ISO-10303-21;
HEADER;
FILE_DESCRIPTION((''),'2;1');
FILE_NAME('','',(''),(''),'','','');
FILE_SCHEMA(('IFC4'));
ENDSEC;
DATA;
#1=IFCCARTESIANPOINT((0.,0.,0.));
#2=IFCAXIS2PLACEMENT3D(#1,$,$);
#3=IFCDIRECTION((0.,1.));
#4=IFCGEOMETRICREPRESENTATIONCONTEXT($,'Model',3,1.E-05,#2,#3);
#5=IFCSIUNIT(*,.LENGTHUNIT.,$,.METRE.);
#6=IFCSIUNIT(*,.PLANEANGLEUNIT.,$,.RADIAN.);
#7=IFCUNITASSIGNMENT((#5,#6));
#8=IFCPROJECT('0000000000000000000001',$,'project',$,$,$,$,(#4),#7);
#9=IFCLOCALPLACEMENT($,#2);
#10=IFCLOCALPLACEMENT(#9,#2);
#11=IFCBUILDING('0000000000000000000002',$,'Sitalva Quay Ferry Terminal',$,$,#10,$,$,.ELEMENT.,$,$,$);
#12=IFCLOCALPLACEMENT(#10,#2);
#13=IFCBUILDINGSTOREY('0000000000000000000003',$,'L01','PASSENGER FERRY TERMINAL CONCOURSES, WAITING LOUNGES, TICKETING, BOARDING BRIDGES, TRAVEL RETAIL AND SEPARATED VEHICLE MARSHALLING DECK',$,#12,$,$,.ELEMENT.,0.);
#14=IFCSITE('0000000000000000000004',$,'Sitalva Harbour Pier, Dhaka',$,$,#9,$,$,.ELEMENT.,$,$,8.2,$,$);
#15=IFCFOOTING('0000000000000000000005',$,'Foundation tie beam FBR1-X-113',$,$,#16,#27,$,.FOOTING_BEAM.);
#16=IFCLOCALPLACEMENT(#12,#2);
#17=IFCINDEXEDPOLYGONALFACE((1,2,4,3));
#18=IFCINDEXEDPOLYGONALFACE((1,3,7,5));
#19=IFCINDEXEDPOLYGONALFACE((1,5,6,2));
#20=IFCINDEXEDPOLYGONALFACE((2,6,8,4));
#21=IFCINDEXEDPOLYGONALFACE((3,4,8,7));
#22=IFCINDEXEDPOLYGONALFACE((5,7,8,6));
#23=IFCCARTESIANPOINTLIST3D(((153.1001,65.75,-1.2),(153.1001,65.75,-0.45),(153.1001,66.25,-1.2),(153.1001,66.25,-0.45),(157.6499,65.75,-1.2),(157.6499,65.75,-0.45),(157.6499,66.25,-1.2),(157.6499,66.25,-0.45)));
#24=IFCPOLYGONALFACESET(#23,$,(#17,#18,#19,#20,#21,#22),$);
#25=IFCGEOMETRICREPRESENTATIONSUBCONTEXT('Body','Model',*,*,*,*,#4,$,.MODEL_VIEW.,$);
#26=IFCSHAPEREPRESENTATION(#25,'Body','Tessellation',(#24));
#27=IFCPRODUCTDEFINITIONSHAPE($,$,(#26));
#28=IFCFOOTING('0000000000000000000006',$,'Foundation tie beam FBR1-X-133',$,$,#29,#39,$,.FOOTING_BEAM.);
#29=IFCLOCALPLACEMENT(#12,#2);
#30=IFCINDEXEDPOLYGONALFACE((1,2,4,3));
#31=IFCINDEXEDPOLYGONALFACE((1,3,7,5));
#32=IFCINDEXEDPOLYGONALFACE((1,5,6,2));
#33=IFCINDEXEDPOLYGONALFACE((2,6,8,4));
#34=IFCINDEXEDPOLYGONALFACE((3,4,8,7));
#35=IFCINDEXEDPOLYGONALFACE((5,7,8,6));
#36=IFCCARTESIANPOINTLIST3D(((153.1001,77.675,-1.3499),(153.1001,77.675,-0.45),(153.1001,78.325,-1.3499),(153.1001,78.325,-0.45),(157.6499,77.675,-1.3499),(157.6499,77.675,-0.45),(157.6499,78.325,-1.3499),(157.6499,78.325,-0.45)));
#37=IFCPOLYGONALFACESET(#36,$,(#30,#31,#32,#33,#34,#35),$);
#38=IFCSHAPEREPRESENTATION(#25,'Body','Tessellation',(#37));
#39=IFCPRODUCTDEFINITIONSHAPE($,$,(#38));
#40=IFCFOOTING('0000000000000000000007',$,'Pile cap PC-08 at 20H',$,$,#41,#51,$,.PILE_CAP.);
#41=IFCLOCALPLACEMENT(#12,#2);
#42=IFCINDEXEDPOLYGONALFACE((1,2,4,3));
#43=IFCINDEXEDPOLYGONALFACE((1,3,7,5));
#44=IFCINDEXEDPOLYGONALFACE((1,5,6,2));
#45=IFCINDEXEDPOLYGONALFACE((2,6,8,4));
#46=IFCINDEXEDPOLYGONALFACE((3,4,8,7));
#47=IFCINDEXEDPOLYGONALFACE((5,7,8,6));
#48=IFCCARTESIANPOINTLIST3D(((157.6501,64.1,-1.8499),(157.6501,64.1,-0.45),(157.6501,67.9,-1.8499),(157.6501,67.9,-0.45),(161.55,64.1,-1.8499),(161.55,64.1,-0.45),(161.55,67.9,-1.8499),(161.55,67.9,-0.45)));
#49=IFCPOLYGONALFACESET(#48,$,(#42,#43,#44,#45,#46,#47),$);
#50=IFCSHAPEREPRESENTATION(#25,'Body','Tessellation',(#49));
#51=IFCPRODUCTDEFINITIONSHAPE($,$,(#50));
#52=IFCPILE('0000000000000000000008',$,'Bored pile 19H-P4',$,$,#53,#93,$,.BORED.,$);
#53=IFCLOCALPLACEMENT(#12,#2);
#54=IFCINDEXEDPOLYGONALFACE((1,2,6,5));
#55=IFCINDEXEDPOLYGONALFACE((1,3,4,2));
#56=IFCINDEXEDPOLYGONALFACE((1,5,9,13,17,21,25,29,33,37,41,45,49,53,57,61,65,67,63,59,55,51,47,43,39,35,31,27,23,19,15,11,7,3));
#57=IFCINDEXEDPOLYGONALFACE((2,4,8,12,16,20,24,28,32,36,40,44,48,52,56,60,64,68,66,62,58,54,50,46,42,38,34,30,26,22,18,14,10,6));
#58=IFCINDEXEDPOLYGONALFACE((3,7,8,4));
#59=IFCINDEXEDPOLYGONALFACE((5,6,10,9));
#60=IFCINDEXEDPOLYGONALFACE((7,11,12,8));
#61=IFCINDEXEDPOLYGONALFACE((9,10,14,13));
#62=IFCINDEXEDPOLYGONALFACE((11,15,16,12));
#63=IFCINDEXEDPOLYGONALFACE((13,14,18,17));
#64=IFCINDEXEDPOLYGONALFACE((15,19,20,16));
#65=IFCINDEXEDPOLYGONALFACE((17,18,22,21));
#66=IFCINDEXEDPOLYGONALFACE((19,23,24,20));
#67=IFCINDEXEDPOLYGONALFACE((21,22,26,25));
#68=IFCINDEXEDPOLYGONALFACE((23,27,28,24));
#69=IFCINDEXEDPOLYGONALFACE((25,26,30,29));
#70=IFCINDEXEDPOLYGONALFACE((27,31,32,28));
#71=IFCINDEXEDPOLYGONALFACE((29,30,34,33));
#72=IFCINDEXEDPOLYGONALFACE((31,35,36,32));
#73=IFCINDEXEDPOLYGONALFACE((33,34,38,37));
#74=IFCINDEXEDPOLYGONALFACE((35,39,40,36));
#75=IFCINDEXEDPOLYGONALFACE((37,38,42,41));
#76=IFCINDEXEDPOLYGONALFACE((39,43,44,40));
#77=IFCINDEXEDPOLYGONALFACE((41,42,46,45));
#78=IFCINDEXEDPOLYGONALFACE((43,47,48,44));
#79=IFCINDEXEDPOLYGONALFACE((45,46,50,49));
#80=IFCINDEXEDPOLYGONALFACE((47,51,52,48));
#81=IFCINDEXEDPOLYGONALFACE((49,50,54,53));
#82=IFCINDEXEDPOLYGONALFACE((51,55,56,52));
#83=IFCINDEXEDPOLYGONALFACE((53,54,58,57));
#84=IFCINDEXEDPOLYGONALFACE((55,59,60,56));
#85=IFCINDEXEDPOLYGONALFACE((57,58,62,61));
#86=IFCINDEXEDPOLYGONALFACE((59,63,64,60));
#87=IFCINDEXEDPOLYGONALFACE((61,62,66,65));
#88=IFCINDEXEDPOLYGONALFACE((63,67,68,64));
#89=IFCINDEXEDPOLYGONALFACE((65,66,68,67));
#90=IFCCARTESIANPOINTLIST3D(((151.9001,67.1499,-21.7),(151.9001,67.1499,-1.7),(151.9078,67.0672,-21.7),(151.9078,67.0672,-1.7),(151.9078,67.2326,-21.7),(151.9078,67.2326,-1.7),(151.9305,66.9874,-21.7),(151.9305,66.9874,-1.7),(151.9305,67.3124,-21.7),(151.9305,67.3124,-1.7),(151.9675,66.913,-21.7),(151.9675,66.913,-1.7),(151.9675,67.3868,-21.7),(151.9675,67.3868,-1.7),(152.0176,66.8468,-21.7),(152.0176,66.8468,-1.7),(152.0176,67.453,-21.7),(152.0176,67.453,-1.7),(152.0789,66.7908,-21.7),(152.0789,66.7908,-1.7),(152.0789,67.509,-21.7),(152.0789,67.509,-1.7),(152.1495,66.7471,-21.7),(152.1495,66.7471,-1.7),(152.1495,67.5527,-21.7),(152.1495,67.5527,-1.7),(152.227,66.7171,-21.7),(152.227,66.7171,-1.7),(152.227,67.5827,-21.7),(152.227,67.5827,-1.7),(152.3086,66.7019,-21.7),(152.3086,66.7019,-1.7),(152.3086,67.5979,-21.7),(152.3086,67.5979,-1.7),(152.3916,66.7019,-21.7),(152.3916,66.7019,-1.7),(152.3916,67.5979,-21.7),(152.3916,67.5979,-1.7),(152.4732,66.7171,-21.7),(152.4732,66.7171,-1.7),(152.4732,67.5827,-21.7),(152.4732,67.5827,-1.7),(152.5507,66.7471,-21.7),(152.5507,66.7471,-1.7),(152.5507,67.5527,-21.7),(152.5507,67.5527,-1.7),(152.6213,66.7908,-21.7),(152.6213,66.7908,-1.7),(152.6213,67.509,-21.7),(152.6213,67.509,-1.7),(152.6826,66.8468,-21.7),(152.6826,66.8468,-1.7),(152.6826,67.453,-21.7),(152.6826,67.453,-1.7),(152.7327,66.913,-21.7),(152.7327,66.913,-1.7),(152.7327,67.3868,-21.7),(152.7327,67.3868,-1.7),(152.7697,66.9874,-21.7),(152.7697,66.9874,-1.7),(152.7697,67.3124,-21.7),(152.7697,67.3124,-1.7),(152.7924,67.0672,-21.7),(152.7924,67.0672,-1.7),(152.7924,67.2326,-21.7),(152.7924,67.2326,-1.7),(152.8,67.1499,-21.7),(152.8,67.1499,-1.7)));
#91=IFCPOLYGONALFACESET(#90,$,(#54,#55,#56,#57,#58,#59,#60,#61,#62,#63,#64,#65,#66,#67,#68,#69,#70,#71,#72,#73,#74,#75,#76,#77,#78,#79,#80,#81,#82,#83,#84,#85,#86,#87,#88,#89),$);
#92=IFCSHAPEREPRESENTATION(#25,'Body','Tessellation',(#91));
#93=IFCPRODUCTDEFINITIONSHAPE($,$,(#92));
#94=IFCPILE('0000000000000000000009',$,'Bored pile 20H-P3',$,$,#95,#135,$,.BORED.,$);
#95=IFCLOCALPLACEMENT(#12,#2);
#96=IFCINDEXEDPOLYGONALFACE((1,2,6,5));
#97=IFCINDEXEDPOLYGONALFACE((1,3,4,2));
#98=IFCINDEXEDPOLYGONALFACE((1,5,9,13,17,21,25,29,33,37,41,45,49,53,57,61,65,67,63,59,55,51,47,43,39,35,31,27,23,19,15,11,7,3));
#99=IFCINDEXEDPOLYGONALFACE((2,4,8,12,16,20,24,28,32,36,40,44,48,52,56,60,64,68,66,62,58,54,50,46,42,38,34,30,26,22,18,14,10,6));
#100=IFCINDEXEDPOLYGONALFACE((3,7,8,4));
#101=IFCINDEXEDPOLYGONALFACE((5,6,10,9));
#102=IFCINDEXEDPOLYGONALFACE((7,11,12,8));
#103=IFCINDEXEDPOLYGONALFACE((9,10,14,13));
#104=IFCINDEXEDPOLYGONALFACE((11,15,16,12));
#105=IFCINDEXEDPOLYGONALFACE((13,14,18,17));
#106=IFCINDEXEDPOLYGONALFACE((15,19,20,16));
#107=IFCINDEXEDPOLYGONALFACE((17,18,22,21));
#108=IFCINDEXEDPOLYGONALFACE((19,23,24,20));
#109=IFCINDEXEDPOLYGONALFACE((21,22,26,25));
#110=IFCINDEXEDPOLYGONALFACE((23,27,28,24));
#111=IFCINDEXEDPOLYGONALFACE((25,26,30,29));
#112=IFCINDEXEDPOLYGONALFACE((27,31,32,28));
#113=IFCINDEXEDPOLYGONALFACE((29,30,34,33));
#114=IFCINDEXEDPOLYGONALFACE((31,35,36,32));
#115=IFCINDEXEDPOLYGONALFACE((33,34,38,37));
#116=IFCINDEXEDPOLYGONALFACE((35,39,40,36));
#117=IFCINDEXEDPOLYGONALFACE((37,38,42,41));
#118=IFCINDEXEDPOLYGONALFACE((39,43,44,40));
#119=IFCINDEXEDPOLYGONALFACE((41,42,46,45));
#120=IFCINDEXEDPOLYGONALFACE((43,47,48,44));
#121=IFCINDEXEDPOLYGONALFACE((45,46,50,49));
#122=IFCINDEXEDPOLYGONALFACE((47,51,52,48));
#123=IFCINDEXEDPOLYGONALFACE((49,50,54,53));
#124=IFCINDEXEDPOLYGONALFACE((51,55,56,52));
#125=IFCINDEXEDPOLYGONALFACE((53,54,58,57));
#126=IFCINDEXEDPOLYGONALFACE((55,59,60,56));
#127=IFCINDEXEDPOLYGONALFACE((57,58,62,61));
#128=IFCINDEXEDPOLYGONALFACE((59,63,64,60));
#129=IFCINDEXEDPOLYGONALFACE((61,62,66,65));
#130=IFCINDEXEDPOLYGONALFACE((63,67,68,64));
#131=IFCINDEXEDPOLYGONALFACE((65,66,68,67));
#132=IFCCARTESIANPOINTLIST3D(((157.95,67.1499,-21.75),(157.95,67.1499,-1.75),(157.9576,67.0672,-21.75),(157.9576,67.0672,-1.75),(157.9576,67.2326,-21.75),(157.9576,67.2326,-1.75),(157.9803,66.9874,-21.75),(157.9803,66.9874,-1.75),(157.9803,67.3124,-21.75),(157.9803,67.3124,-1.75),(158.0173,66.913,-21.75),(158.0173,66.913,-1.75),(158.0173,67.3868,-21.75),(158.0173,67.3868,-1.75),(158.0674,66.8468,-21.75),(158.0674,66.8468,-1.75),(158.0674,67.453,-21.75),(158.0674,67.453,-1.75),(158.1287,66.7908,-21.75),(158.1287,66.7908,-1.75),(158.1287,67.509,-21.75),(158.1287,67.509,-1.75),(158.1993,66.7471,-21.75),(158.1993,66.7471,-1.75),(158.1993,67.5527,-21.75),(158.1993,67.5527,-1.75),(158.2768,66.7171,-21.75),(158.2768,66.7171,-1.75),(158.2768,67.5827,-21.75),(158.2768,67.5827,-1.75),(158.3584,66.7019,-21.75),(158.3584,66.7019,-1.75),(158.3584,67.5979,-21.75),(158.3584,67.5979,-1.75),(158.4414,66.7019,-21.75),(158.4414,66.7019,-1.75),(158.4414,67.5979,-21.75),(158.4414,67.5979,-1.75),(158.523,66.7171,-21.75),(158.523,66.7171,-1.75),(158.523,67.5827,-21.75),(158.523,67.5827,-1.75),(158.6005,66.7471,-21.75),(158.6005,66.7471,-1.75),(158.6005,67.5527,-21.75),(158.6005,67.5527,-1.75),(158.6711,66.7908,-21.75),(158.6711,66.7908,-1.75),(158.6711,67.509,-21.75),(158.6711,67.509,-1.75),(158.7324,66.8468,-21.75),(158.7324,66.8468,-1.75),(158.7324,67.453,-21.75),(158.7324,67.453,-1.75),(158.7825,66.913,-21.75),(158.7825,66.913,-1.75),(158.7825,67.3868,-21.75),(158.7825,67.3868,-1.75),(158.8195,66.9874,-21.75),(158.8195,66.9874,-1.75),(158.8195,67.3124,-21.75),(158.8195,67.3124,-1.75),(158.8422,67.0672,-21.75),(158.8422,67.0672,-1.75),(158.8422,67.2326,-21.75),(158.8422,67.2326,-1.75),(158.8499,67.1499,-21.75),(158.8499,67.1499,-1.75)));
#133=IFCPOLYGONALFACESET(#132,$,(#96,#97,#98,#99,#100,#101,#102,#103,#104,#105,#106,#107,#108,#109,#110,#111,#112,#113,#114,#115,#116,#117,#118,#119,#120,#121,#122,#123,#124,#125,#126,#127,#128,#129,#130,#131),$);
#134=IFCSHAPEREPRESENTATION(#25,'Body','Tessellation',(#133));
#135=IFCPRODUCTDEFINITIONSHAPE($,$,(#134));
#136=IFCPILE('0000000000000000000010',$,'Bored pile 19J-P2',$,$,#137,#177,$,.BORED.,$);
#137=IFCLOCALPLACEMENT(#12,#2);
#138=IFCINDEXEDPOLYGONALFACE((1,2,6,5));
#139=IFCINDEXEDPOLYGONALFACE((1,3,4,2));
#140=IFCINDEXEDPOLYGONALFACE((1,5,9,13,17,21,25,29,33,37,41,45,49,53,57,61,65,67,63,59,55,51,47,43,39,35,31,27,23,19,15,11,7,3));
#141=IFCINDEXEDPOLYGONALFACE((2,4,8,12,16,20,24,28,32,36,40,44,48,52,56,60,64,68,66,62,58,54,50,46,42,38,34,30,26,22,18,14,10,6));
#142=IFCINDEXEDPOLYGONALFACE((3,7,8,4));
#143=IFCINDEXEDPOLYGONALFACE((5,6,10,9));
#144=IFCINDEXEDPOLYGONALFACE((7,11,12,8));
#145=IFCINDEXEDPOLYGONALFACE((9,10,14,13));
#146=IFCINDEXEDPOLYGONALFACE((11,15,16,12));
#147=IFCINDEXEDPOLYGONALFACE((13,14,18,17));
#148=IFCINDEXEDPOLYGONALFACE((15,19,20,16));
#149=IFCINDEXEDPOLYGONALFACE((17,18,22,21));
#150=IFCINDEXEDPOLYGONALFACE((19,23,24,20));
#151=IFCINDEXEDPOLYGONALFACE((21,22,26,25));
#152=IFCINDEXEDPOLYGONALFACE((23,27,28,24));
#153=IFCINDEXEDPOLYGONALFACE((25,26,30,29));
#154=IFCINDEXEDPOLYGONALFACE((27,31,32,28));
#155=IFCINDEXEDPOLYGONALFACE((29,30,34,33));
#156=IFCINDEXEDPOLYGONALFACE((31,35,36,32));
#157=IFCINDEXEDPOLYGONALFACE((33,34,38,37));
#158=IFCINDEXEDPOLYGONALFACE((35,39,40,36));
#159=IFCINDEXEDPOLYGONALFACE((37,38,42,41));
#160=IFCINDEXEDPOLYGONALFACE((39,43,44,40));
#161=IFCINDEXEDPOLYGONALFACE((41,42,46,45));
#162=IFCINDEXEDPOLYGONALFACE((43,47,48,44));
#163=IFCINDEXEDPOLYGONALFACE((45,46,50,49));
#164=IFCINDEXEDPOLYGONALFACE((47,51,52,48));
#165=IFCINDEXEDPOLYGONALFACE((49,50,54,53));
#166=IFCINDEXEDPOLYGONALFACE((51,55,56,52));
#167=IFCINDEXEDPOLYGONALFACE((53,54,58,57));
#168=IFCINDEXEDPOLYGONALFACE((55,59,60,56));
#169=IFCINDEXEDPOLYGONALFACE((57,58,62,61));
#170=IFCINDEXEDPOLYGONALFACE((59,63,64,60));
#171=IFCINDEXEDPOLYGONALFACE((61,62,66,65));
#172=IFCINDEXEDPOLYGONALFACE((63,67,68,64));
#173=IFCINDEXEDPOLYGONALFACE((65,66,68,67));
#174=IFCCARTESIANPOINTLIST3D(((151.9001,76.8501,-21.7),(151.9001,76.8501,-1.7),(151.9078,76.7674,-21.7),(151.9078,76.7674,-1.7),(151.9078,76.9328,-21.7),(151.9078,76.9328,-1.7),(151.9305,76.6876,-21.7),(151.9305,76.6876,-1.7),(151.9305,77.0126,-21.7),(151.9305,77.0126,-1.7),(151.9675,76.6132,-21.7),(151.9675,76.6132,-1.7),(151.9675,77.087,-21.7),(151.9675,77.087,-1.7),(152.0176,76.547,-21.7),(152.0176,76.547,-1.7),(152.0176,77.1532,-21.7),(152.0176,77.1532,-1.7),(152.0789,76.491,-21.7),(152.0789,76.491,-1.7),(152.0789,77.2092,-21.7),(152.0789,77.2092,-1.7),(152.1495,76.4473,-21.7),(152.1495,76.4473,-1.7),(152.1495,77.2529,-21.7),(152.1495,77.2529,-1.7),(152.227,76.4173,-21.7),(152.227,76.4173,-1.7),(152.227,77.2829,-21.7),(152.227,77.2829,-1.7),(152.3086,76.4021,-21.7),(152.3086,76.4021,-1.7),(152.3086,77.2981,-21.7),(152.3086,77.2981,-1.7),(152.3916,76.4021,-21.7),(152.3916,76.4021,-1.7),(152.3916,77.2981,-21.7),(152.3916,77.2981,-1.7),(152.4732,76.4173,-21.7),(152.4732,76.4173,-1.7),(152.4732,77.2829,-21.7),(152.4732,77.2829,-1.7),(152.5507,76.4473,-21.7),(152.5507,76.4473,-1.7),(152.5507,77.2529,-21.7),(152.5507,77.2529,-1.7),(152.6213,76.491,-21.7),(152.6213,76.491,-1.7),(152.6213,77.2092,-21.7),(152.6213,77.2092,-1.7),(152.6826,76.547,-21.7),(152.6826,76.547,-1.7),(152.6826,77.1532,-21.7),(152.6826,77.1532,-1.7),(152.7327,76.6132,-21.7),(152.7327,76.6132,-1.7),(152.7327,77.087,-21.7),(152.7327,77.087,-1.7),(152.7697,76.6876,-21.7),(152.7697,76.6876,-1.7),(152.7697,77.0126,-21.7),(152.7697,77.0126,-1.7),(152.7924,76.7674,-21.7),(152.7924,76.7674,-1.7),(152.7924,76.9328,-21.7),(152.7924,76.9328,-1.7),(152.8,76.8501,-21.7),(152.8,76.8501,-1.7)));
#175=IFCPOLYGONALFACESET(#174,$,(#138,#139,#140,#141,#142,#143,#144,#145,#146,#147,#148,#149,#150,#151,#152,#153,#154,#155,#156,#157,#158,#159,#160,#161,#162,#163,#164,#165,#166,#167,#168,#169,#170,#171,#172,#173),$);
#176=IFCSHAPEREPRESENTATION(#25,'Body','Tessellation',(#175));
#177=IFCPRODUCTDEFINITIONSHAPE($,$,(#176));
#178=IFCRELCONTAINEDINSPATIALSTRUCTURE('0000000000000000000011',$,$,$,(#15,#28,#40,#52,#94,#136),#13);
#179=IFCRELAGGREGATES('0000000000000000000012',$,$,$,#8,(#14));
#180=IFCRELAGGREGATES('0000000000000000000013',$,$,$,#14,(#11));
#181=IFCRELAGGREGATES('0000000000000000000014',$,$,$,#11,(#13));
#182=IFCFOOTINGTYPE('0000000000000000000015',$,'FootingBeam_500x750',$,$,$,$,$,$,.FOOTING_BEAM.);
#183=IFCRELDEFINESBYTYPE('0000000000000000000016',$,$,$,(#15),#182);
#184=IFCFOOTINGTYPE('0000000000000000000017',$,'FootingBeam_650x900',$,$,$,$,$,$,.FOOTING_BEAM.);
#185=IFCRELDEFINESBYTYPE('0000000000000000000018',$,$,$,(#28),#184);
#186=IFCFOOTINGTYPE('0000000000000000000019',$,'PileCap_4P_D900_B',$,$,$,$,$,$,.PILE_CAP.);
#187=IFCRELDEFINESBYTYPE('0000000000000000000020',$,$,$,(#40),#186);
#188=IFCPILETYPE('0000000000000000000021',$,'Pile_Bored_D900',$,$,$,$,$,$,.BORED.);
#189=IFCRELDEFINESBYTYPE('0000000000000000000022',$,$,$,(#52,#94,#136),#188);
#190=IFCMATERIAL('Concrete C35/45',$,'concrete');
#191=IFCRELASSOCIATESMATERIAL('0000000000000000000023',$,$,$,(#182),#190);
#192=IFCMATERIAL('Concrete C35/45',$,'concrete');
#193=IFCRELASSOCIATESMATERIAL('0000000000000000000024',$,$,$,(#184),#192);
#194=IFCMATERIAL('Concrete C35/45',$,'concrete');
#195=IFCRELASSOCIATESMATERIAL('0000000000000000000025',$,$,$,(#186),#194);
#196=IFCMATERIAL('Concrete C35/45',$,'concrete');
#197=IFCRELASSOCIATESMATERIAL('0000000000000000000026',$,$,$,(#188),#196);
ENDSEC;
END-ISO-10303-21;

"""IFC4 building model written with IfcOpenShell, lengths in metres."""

from ifc_helpers import new_model, si_unit, direction, frame, origin, origin_2d, place, context, subcontext, project, spatial, rectangle, circle, extrude, material, material_profile, profile_set, type_object, element, save


model = new_model("IFC4")

# Units and contexts
model_context = context("Model", 3, precision=1e-05, world=origin(), true_north=direction((0.0, 1.0)))
body_context = subcontext(model_context, "Body", "Model", "MODEL_VIEW")
ifc_project = project(units=[si_unit("LENGTHUNIT", "METRE"), si_unit("PLANEANGLEUNIT", "RADIAN")], contexts=[model_context])

# Site, building, storey
site_placement = place(None, origin())
site = spatial("IfcSite", under=ifc_project, at=site_placement, Name="Sitalva Harbour Pier, Dhaka", CompositionType="ELEMENT", RefElevation=8.2)
building_placement = place(site_placement, origin())
building = spatial("IfcBuilding", under=site, at=building_placement, Name="Sitalva Quay Ferry Terminal", CompositionType="ELEMENT")
storey_placement = place(building_placement, origin())
storey = spatial("IfcBuildingStorey", under=building, at=storey_placement, Name="L01", Description="PASSENGER FERRY TERMINAL CONCOURSES, WAITING LOUNGES, TICKETING, BOARDING BRIDGES, TRAVEL RETAIL AND SEPARATED VEHICLE MARSHALLING DECK", CompositionType="ELEMENT", Elevation=0.0)

# Footings
ifc_material_1 = material(Name="Concrete C35/45", Category="concrete")
ifc_material_profile_1 = material_profile(ifc_material_1, rectangle(XDim=0.5, YDim=0.75, at=origin_2d()), Name="RC500x750")
ifc_profile_set_1 = profile_set([ifc_material_profile_1], Name="Concrete C35/45")
footing_type_1 = type_object("IfcFootingType", Name="FootingBeam_500x750", PredefinedType="FOOTING_BEAM", material=ifc_profile_set_1)
footing_1_placement = place(storey_placement, frame((153.1001, 66.0, -0.825), z_axis=(1.0, 0.0, 0.0), x_axis=(0.0, 1.0, 0.0)))
element("IfcFooting", 1, at=footing_1_placement, inside=storey, type_object=footing_type_1, Name="Foundation tie beam FBR1-X-113", PredefinedType="FOOTING_BEAM", context=body_context, shape_type="SweptSolid", body=[
    extrude(rectangle(XDim=0.5, YDim=0.75, at=origin_2d()), origin(), (0.0, 0.0, 1.0), 4.5498),
])
ifc_material_2 = material(Name="Concrete C35/45", Category="concrete")
ifc_material_profile_2 = material_profile(ifc_material_2, rectangle(XDim=0.6499, YDim=0.8999, at=origin_2d()), Name="RC650x900")
ifc_profile_set_2 = profile_set([ifc_material_profile_2], Name="Concrete C35/45")
footing_type_2 = type_object("IfcFootingType", Name="FootingBeam_650x900", PredefinedType="FOOTING_BEAM", material=ifc_profile_set_2)
footing_2_placement = place(storey_placement, frame((153.1001, 78.0, -0.8999), z_axis=(1.0, 0.0, 0.0), x_axis=(0.0, 1.0, 0.0)))
element("IfcFooting", 2, at=footing_2_placement, inside=storey, type_object=footing_type_2, Name="Foundation tie beam FBR1-X-133", PredefinedType="FOOTING_BEAM", context=body_context, shape_type="SweptSolid", body=[
    extrude(rectangle(XDim=0.6499, YDim=0.8999, at=origin_2d()), origin(), (0.0, 0.0, 1.0), 4.5498),
])
ifc_material_3 = material(Name="Concrete C35/45", Category="concrete")
footing_type_3 = type_object("IfcFootingType", Name="PileCap_4P_D900_B", PredefinedType="PILE_CAP", material=ifc_material_3)
footing_3_placement = place(storey_placement, frame((159.6001, 66.0, -1.8499), z_axis=(0.0, 0.0, 1.0), x_axis=(1.0, 0.0, 0.0)))
element("IfcFooting", 3, at=footing_3_placement, inside=storey, type_object=footing_type_3, Name="Pile cap PC-08 at 20H", PredefinedType="PILE_CAP", context=body_context, shape_type="SweptSolid", body=[
    extrude(rectangle(XDim=3.8999, YDim=3.8, at=origin_2d()), origin(), (0.0, 0.0, 1.0), 1.3999),
])

# Piles
ifc_material_4 = material(Name="Concrete C35/45", Category="concrete")
ifc_material_profile_3 = material_profile(ifc_material_4, circle(Radius=0.45, at=origin_2d()), Name="PILE-D900")
ifc_profile_set_3 = profile_set([ifc_material_profile_3], Name="Concrete C35/45")
pile_type = type_object("IfcPileType", Name="Pile_Bored_D900", PredefinedType="BORED", material=ifc_profile_set_3)
for number, where, z_axis, x_axis, name in (
    (4, (152.3501, 67.1499, -1.7), (0.0, 0.0, -1.0), (1.0, 0.0, 0.0), "Bored pile 19H-P4"),
    (5, (158.3999, 67.1499, -1.75), (0.0, 0.0, -1.0), (1.0, 0.0, 0.0), "Bored pile 20H-P3"),
    (6, (152.3501, 76.8501, -1.7), (0.0, 0.0, -1.0), (1.0, 0.0, 0.0), "Bored pile 19J-P2"),
):
    element("IfcPile", number, at=place(storey_placement, frame(where, z_axis=z_axis, x_axis=x_axis)), inside=storey, type_object=pile_type, Name=name, PredefinedType="BORED", context=body_context, shape_type="SweptSolid", body=[
        extrude(circle(Radius=0.45, at=origin_2d()), origin(), (0.0, 0.0, 1.0), 20.0),
    ])

save(model, "model.ifc")
